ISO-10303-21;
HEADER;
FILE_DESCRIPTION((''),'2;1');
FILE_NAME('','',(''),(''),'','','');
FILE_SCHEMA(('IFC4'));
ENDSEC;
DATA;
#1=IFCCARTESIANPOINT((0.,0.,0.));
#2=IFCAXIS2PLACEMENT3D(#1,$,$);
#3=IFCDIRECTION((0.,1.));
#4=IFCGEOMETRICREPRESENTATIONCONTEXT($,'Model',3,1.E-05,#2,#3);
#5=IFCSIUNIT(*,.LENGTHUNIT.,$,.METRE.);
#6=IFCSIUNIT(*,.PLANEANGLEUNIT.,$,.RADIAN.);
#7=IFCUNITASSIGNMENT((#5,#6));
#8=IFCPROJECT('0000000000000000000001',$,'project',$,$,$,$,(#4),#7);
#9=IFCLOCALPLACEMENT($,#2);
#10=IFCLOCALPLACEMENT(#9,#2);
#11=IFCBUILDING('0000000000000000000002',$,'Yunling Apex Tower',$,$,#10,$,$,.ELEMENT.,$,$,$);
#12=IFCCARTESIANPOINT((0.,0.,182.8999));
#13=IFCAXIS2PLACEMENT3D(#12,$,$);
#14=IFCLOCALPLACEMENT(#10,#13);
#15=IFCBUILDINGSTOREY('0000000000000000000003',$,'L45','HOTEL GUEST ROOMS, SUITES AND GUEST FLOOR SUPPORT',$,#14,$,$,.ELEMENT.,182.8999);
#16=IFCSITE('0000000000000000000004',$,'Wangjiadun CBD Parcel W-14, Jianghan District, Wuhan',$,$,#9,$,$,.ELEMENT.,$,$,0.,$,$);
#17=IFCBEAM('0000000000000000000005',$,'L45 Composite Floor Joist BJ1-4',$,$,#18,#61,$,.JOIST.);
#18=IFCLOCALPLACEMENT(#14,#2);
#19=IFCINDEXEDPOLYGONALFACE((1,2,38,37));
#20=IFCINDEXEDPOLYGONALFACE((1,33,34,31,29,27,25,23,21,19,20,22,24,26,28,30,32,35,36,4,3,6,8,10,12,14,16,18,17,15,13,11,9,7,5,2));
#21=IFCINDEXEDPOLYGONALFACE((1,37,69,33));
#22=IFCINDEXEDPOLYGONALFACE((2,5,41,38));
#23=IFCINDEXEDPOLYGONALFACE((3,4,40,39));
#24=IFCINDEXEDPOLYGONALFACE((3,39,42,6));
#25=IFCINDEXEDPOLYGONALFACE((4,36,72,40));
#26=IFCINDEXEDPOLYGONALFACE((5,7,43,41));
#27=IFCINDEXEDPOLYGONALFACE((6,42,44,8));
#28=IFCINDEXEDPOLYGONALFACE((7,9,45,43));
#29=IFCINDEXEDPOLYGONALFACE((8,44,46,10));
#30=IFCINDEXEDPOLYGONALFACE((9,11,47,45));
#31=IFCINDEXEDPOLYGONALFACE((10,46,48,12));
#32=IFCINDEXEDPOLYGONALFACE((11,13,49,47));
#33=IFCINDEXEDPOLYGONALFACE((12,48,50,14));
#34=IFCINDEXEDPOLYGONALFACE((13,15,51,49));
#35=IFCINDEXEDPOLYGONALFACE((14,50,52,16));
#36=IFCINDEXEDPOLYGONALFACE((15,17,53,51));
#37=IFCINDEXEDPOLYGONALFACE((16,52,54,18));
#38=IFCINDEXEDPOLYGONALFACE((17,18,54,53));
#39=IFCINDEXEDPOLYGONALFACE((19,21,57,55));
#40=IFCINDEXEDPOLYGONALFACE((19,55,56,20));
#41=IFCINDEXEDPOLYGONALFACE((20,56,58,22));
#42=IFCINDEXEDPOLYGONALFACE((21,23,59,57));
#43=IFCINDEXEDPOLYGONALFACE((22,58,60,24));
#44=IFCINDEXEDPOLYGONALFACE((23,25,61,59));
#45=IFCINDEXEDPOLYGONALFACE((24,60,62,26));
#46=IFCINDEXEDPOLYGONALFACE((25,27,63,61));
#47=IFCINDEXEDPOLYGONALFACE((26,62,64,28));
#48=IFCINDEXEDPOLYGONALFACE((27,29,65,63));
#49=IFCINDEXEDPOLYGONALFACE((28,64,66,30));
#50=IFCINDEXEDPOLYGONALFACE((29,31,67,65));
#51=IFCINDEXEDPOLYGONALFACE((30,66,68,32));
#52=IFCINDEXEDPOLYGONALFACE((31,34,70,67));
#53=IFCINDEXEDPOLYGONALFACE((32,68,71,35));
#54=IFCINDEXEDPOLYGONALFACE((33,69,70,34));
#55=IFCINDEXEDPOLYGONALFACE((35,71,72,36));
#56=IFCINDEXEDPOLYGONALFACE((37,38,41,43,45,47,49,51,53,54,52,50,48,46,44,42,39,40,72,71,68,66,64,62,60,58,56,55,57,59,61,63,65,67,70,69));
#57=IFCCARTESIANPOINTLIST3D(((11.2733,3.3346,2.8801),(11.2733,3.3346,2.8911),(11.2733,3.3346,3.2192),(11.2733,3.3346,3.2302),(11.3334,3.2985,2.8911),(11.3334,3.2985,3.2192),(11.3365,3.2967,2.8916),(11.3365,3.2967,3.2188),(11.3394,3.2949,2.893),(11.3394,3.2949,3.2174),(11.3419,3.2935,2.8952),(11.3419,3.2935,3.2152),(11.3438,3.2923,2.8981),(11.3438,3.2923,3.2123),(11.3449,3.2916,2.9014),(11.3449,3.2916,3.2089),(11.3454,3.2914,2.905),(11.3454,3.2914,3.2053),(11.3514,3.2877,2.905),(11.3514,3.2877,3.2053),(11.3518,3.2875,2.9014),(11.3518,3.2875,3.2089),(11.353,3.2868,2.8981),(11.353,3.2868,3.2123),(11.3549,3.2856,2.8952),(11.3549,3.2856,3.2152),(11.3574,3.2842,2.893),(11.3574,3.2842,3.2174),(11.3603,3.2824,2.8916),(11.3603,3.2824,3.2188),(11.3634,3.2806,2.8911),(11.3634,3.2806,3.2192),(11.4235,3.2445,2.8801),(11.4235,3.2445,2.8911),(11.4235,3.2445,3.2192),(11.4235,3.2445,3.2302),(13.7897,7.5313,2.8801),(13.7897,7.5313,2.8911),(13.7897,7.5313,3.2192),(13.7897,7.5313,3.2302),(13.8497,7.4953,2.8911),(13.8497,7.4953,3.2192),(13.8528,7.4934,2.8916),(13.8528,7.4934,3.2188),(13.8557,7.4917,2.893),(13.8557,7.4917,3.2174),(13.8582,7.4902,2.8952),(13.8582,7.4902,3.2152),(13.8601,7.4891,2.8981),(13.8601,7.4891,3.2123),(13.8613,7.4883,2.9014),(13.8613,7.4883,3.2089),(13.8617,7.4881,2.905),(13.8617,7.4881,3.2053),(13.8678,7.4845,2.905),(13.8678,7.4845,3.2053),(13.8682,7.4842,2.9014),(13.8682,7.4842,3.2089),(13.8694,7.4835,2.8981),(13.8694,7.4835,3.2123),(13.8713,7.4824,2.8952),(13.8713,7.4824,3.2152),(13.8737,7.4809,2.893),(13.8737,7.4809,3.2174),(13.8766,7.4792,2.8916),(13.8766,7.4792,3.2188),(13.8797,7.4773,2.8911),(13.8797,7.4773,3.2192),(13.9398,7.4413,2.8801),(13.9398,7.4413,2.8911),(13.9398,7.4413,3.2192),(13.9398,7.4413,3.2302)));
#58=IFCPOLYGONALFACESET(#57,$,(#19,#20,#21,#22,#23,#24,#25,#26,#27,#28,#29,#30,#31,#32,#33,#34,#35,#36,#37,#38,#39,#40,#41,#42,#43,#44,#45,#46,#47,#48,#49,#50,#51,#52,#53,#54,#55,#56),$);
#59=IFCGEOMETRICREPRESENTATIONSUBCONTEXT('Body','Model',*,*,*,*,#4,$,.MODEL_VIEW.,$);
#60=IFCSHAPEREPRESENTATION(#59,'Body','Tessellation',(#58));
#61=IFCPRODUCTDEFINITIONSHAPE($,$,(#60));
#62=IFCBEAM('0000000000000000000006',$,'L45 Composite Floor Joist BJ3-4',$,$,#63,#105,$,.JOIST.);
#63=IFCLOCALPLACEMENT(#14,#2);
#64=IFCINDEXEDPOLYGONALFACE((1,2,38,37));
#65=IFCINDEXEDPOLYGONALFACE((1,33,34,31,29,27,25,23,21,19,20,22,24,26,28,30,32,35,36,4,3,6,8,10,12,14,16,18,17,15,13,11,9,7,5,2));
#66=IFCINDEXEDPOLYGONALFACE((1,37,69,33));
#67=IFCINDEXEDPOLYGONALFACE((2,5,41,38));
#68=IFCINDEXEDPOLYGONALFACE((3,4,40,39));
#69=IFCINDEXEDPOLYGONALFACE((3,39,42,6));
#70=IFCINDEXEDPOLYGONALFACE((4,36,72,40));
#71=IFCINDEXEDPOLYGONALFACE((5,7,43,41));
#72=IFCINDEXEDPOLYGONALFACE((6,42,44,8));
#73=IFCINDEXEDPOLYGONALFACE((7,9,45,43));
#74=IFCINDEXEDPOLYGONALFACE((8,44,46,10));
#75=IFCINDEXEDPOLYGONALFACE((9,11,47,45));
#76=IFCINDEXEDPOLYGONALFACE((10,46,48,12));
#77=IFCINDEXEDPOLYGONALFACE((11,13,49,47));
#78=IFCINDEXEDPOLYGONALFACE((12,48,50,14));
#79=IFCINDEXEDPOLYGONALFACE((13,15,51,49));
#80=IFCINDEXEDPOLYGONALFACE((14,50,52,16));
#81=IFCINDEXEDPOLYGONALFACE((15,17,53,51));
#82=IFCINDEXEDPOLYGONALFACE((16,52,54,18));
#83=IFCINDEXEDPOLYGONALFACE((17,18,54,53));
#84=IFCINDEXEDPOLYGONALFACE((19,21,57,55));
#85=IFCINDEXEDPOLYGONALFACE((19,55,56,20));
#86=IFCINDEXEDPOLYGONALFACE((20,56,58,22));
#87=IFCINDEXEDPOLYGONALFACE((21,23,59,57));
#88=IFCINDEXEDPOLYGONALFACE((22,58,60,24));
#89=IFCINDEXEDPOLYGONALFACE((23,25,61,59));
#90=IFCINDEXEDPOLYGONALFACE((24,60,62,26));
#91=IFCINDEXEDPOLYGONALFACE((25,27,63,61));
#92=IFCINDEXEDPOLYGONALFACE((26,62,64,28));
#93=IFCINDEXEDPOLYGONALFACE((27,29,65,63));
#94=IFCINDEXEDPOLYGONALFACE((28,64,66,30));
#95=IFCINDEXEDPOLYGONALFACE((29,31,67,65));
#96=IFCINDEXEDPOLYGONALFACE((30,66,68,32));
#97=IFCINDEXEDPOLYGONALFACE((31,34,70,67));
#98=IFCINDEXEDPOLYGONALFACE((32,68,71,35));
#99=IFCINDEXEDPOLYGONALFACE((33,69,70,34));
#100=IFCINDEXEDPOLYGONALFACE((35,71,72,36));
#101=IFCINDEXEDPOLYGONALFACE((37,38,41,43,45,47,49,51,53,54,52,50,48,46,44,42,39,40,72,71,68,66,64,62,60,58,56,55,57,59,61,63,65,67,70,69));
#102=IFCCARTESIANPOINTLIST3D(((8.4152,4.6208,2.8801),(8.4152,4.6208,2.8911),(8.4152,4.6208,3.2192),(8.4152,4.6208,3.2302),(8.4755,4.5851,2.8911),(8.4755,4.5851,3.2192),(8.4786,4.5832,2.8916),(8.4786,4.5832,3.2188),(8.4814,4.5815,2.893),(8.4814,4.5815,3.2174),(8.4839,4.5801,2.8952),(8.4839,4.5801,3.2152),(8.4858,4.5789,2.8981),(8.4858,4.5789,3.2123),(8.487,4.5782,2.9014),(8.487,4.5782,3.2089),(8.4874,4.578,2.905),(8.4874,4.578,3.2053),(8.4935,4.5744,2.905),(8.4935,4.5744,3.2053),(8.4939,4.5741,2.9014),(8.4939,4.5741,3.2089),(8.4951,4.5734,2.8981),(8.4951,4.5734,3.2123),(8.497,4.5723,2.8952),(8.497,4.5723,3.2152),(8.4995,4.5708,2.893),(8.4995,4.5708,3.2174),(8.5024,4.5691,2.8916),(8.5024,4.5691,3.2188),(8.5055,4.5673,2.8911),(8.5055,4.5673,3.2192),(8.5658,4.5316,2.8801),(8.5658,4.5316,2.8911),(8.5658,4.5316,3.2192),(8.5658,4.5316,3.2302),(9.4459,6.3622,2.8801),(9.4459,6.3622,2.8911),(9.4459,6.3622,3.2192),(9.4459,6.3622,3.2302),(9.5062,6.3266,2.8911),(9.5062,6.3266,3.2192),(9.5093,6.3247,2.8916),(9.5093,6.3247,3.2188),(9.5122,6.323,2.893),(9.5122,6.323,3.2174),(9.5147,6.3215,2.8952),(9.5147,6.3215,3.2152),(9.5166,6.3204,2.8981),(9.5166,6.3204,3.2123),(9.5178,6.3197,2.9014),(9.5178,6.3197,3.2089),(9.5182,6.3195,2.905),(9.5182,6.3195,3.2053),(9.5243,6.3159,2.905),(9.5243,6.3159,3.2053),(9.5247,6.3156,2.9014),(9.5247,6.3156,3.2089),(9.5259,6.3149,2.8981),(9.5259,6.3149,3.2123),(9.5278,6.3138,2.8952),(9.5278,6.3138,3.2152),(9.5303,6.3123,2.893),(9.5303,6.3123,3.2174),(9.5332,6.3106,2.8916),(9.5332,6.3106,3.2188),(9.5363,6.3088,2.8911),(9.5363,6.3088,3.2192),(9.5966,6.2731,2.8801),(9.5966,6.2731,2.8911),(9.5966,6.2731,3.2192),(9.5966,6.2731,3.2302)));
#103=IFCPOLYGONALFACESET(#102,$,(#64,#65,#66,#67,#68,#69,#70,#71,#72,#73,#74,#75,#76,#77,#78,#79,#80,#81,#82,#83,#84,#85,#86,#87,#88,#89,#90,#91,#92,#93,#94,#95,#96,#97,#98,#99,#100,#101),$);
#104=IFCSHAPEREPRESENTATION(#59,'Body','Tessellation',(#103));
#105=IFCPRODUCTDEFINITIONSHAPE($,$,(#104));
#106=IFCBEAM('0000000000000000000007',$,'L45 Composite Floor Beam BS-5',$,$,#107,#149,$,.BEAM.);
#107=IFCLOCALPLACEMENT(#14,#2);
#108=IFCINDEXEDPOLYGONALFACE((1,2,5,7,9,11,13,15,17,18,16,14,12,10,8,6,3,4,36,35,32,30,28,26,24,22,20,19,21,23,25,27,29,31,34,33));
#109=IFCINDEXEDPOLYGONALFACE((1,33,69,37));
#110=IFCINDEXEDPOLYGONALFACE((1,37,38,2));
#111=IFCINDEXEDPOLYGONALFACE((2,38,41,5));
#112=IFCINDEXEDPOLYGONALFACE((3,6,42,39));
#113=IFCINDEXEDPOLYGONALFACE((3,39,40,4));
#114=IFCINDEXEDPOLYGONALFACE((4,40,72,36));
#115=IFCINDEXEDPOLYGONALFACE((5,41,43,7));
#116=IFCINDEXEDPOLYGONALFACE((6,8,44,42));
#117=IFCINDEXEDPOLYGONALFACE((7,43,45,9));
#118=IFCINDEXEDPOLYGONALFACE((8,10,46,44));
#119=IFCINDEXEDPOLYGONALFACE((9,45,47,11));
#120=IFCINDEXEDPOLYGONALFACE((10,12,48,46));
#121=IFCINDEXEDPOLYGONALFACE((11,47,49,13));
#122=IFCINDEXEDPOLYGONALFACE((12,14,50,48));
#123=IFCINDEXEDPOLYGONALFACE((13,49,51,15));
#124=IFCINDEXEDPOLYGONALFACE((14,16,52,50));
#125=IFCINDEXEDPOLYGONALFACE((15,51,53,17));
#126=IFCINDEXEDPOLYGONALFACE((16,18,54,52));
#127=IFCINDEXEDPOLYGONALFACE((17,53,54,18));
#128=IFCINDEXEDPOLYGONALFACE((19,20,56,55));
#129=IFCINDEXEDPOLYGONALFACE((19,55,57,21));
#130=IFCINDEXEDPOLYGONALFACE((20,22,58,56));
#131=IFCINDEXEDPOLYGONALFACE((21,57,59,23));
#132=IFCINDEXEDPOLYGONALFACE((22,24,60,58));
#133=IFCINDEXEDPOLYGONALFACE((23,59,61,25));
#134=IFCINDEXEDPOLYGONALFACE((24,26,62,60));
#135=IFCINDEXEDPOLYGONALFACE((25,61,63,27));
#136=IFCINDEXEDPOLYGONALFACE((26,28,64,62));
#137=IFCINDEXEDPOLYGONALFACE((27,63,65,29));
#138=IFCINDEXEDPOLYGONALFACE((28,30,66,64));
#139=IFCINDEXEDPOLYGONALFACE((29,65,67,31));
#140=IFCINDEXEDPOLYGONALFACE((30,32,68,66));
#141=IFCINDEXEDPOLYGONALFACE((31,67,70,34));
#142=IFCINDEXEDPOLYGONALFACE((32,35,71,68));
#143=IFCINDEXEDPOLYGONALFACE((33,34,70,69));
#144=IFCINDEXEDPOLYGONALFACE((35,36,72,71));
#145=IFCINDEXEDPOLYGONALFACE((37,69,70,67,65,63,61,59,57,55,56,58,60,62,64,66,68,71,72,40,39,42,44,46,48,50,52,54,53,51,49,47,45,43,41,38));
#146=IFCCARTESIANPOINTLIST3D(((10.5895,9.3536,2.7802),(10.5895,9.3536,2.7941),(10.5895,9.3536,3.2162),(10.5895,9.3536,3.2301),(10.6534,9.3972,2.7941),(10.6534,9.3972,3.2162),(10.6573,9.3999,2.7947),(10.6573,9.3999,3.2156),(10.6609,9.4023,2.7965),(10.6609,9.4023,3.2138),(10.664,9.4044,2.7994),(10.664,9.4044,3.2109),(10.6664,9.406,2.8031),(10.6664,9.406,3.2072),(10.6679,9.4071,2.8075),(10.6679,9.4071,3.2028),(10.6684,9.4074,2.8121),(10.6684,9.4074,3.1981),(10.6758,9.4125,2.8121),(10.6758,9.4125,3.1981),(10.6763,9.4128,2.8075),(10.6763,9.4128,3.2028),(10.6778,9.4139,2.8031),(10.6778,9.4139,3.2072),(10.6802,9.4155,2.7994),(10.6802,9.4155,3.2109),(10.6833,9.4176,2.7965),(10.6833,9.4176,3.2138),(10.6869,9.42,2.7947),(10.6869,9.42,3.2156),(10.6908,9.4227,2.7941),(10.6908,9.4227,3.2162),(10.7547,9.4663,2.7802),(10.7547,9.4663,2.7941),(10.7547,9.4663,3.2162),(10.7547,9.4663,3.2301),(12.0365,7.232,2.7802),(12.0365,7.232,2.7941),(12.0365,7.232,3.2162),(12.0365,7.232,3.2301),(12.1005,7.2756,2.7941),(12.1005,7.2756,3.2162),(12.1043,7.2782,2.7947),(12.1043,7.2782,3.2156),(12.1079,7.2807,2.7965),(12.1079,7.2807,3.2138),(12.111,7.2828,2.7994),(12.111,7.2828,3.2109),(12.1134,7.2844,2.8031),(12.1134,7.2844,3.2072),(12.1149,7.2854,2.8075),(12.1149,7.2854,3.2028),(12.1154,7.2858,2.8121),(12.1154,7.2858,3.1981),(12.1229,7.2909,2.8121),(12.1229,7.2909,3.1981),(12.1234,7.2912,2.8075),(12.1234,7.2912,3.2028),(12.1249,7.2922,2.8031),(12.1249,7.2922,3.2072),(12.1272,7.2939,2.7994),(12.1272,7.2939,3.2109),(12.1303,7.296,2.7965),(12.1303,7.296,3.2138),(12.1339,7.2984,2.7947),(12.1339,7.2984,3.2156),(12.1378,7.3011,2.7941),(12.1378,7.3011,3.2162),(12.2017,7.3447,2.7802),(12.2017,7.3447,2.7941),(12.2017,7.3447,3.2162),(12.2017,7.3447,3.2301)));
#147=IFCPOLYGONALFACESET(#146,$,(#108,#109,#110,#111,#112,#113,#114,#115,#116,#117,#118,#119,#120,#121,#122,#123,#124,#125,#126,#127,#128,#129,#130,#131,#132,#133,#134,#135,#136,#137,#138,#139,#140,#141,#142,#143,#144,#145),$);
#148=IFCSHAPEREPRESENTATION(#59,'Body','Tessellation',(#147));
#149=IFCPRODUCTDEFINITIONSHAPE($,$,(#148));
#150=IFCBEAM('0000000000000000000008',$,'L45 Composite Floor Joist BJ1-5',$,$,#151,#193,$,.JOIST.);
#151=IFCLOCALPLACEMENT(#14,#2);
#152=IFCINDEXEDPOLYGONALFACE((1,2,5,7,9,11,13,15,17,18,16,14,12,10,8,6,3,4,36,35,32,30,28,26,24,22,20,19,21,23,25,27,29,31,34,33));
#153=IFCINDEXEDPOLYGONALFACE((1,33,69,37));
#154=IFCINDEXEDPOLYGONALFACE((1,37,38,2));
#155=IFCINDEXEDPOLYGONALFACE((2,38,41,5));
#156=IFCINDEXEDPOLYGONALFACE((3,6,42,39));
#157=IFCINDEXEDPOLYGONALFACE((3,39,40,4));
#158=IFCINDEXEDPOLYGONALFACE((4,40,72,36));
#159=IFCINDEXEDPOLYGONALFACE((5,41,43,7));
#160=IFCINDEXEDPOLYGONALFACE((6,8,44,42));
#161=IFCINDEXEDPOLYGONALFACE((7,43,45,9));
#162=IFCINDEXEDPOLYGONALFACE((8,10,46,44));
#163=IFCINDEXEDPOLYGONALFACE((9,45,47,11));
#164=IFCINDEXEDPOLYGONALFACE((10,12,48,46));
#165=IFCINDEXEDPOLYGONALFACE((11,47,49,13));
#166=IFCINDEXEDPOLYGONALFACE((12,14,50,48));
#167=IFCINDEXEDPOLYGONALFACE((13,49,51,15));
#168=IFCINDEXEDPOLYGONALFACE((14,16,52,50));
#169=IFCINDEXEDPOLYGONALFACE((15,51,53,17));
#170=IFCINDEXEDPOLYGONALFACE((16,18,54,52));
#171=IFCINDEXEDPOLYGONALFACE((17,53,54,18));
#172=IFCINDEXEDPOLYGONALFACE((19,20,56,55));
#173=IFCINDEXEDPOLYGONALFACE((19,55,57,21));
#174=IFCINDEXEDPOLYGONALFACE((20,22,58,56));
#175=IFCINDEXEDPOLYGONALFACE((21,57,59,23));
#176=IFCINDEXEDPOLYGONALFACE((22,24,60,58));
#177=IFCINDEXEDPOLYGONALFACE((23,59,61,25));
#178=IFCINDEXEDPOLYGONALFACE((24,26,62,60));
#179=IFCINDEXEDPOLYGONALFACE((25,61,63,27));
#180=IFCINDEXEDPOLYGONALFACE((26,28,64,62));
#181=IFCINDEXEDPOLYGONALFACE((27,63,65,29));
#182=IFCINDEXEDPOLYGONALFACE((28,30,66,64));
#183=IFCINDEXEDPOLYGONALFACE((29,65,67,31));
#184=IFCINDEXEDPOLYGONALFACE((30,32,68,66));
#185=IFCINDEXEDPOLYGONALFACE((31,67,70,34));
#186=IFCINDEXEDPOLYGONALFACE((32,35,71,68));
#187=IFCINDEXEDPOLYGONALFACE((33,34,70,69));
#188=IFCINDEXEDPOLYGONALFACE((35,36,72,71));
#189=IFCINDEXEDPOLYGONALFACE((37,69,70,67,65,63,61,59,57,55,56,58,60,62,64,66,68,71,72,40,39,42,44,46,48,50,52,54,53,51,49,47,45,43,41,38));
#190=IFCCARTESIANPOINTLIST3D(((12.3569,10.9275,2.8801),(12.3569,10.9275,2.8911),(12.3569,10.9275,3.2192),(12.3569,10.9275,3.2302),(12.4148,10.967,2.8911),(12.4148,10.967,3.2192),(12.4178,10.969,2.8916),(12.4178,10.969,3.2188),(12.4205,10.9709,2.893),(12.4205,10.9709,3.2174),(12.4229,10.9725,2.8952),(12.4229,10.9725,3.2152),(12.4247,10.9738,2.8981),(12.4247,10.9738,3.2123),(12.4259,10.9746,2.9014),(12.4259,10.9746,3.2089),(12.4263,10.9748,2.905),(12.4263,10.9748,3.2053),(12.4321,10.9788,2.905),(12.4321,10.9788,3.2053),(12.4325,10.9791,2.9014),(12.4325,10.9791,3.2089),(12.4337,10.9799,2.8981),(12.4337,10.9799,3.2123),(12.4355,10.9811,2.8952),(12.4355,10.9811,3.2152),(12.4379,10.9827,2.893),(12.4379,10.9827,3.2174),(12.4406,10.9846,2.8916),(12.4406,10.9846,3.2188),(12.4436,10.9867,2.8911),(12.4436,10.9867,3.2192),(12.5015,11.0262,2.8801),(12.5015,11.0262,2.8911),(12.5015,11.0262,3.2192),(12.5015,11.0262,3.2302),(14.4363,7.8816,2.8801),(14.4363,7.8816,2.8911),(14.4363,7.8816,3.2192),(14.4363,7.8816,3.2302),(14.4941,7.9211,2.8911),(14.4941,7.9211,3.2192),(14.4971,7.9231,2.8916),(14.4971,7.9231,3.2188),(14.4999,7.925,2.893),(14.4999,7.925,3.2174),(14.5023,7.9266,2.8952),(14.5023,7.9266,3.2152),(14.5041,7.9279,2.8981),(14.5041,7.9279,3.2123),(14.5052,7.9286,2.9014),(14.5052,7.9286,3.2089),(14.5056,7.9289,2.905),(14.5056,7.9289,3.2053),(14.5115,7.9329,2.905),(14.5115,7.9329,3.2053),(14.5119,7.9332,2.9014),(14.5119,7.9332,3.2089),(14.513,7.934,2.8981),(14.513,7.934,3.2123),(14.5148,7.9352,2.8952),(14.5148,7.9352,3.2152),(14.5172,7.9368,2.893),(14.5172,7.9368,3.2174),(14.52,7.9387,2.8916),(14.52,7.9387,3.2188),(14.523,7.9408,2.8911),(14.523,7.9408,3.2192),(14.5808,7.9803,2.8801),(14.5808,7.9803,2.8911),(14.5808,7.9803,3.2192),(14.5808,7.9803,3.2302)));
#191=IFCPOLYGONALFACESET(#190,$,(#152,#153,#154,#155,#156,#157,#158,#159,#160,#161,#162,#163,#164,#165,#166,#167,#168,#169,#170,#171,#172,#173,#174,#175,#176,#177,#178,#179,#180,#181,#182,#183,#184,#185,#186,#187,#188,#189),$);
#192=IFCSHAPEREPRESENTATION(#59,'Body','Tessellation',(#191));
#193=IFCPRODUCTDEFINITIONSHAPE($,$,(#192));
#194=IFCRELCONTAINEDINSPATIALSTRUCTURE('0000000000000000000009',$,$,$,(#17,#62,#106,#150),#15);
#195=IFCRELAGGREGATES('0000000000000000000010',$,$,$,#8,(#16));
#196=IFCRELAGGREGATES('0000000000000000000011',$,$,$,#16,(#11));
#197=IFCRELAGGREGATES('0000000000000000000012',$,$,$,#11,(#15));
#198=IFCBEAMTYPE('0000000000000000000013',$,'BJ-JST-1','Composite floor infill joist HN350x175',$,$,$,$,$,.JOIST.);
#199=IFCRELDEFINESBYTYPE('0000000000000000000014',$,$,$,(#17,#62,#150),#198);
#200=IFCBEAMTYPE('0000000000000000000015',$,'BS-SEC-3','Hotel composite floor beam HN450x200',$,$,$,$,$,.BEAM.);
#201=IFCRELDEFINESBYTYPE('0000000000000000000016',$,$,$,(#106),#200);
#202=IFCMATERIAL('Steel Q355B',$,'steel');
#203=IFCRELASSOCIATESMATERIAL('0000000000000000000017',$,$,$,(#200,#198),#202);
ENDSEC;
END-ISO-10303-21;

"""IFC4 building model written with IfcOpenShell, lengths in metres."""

from ifc_helpers import new_model, si_unit, direction, frame, origin, origin_2d, place, context, subcontext, project, spatial, i_section, extrude, source, transform, mapped, material, material_profile, profile_set, type_object, element, save


model = new_model("IFC4")

# Units and contexts
model_context = context("Model", 3, precision=1e-05, world=origin(), true_north=direction((0.0, 1.0)))
body_context = subcontext(model_context, "Body", "Model", "MODEL_VIEW")
ifc_project = project(units=[si_unit("LENGTHUNIT", "METRE"), si_unit("PLANEANGLEUNIT", "RADIAN")], contexts=[model_context])

# Site, building, storey
site_placement = place(None, origin())
site = spatial("IfcSite", under=ifc_project, at=site_placement, Name="Wangjiadun CBD Parcel W-14, Jianghan District, Wuhan", CompositionType="ELEMENT", RefElevation=0.0)
building_placement = place(site_placement, origin())
building = spatial("IfcBuilding", under=site, at=building_placement, Name="Yunling Apex Tower", CompositionType="ELEMENT")
storey_placement = place(building_placement, frame((0.0, 0.0, 182.8999)))
storey = spatial("IfcBuildingStorey", under=building, at=storey_placement, Name="L45", Description="HOTEL GUEST ROOMS, SUITES AND GUEST FLOOR SUPPORT", CompositionType="ELEMENT", Elevation=182.8999)

# Beams
ifc_material_1 = material(Name="Steel Q355B", Category="steel")
ifc_material_profile_1 = material_profile(ifc_material_1, i_section(OverallWidth=0.2, OverallDepth=0.45, WebThickness=0.009, FlangeThickness=0.0139, FilletRadius=0.0181, at=origin_2d()))
ifc_profile_set_1 = profile_set([ifc_material_profile_1], Name="Steel Q355B")
beam_type_1 = type_object("IfcBeamType", Name="BS-SEC-3", Description="Hotel composite floor beam HN450x200", PredefinedType="BEAM", material=ifc_profile_set_1)
ifc_material_profile_2 = material_profile(ifc_material_1, i_section(OverallWidth=0.175, OverallDepth=0.3501, WebThickness=0.0071, FlangeThickness=0.011, FilletRadius=0.0139, at=origin_2d()))
ifc_profile_set_2 = profile_set([ifc_material_profile_2], Name="Steel Q355B")
beam_type_2 = type_object("IfcBeamType", Name="BJ-JST-1", Description="Composite floor infill joist HN350x175", PredefinedType="JOIST", material=ifc_profile_set_2)
shared_shape_1 = source(origin(), body_context, "Body", "SweptSolid", [
    extrude(i_section(OverallWidth=0.175, OverallDepth=0.3501, WebThickness=0.0071, FlangeThickness=0.011, FilletRadius=0.0139, at=origin_2d()), origin(), (0.0, 0.0, 1.0), 4.8933),
])
beam_1_placement = place(storey_placement, frame((11.3484, 3.2896, 3.0552), z_axis=(0.514239, 0.857647, 0.0), x_axis=(-0.857647, 0.514239, 0.0)))
element("IfcBeam", 1, at=beam_1_placement, inside=storey, type_object=beam_type_2, Name="L45 Composite Floor Joist BJ1-4", PredefinedType="JOIST", context=body_context, shape_type="MappedRepresentation", body=[
    mapped(shared_shape_1, transform((0.0, 0.0, 0.0), scale=1.0)),
])
shared_shape_2 = source(origin(), body_context, "Body", "SweptSolid", [
    extrude(i_section(OverallWidth=0.175, OverallDepth=0.3501, WebThickness=0.0071, FlangeThickness=0.011, FilletRadius=0.0139, at=origin_2d()), origin(), (0.0, 0.0, 1.0), 2.0237),
])
beam_2_placement = place(storey_placement, frame((8.4905, 4.5762, 3.0552), z_axis=(0.509359, 0.860554, 0.0), x_axis=(-0.860554, 0.509359, 0.0)))
element("IfcBeam", 2, at=beam_2_placement, inside=storey, type_object=beam_type_2, Name="L45 Composite Floor Joist BJ3-4", PredefinedType="JOIST", context=body_context, shape_type="MappedRepresentation", body=[
    mapped(shared_shape_2, transform((0.0, 0.0, 0.0), scale=1.0)),
])
shared_shape_3 = source(origin(), body_context, "Body", "SweptSolid", [
    extrude(i_section(OverallWidth=0.2, OverallDepth=0.45, WebThickness=0.009, FlangeThickness=0.0139, FilletRadius=0.0181, at=origin_2d()), origin(), (0.0, 0.0, 1.0), 2.5681),
])
beam_3_placement = place(storey_placement, frame((12.1191, 7.2883, 3.0051), z_axis=(-0.563467, 0.826139, 0.0), x_axis=(-0.826139, -0.563467, 0.0)))
element("IfcBeam", 3, at=beam_3_placement, inside=storey, type_object=beam_type_1, Name="L45 Composite Floor Beam BS-5", PredefinedType="BEAM", context=body_context, shape_type="MappedRepresentation", body=[
    mapped(shared_shape_3, transform((0.0, 0.0, 0.0), scale=1.0)),
])
shared_shape_4 = source(origin(), body_context, "Body", "SweptSolid", [
    extrude(i_section(OverallWidth=0.175, OverallDepth=0.3501, WebThickness=0.0071, FlangeThickness=0.011, FilletRadius=0.0139, at=origin_2d()), origin(), (0.0, 0.0, 1.0), 3.688),
])
beam_4_placement = place(storey_placement, frame((14.5085, 7.9309, 3.0552), z_axis=(-0.563817, 0.825899, 0.0), x_axis=(-0.825899, -0.563817, 0.0)))
element("IfcBeam", 4, at=beam_4_placement, inside=storey, type_object=beam_type_2, Name="L45 Composite Floor Joist BJ1-5", PredefinedType="JOIST", context=body_context, shape_type="MappedRepresentation", body=[
    mapped(shared_shape_4, transform((0.0, 0.0, 0.0), scale=1.0)),
])

save(model, "model.ifc")
